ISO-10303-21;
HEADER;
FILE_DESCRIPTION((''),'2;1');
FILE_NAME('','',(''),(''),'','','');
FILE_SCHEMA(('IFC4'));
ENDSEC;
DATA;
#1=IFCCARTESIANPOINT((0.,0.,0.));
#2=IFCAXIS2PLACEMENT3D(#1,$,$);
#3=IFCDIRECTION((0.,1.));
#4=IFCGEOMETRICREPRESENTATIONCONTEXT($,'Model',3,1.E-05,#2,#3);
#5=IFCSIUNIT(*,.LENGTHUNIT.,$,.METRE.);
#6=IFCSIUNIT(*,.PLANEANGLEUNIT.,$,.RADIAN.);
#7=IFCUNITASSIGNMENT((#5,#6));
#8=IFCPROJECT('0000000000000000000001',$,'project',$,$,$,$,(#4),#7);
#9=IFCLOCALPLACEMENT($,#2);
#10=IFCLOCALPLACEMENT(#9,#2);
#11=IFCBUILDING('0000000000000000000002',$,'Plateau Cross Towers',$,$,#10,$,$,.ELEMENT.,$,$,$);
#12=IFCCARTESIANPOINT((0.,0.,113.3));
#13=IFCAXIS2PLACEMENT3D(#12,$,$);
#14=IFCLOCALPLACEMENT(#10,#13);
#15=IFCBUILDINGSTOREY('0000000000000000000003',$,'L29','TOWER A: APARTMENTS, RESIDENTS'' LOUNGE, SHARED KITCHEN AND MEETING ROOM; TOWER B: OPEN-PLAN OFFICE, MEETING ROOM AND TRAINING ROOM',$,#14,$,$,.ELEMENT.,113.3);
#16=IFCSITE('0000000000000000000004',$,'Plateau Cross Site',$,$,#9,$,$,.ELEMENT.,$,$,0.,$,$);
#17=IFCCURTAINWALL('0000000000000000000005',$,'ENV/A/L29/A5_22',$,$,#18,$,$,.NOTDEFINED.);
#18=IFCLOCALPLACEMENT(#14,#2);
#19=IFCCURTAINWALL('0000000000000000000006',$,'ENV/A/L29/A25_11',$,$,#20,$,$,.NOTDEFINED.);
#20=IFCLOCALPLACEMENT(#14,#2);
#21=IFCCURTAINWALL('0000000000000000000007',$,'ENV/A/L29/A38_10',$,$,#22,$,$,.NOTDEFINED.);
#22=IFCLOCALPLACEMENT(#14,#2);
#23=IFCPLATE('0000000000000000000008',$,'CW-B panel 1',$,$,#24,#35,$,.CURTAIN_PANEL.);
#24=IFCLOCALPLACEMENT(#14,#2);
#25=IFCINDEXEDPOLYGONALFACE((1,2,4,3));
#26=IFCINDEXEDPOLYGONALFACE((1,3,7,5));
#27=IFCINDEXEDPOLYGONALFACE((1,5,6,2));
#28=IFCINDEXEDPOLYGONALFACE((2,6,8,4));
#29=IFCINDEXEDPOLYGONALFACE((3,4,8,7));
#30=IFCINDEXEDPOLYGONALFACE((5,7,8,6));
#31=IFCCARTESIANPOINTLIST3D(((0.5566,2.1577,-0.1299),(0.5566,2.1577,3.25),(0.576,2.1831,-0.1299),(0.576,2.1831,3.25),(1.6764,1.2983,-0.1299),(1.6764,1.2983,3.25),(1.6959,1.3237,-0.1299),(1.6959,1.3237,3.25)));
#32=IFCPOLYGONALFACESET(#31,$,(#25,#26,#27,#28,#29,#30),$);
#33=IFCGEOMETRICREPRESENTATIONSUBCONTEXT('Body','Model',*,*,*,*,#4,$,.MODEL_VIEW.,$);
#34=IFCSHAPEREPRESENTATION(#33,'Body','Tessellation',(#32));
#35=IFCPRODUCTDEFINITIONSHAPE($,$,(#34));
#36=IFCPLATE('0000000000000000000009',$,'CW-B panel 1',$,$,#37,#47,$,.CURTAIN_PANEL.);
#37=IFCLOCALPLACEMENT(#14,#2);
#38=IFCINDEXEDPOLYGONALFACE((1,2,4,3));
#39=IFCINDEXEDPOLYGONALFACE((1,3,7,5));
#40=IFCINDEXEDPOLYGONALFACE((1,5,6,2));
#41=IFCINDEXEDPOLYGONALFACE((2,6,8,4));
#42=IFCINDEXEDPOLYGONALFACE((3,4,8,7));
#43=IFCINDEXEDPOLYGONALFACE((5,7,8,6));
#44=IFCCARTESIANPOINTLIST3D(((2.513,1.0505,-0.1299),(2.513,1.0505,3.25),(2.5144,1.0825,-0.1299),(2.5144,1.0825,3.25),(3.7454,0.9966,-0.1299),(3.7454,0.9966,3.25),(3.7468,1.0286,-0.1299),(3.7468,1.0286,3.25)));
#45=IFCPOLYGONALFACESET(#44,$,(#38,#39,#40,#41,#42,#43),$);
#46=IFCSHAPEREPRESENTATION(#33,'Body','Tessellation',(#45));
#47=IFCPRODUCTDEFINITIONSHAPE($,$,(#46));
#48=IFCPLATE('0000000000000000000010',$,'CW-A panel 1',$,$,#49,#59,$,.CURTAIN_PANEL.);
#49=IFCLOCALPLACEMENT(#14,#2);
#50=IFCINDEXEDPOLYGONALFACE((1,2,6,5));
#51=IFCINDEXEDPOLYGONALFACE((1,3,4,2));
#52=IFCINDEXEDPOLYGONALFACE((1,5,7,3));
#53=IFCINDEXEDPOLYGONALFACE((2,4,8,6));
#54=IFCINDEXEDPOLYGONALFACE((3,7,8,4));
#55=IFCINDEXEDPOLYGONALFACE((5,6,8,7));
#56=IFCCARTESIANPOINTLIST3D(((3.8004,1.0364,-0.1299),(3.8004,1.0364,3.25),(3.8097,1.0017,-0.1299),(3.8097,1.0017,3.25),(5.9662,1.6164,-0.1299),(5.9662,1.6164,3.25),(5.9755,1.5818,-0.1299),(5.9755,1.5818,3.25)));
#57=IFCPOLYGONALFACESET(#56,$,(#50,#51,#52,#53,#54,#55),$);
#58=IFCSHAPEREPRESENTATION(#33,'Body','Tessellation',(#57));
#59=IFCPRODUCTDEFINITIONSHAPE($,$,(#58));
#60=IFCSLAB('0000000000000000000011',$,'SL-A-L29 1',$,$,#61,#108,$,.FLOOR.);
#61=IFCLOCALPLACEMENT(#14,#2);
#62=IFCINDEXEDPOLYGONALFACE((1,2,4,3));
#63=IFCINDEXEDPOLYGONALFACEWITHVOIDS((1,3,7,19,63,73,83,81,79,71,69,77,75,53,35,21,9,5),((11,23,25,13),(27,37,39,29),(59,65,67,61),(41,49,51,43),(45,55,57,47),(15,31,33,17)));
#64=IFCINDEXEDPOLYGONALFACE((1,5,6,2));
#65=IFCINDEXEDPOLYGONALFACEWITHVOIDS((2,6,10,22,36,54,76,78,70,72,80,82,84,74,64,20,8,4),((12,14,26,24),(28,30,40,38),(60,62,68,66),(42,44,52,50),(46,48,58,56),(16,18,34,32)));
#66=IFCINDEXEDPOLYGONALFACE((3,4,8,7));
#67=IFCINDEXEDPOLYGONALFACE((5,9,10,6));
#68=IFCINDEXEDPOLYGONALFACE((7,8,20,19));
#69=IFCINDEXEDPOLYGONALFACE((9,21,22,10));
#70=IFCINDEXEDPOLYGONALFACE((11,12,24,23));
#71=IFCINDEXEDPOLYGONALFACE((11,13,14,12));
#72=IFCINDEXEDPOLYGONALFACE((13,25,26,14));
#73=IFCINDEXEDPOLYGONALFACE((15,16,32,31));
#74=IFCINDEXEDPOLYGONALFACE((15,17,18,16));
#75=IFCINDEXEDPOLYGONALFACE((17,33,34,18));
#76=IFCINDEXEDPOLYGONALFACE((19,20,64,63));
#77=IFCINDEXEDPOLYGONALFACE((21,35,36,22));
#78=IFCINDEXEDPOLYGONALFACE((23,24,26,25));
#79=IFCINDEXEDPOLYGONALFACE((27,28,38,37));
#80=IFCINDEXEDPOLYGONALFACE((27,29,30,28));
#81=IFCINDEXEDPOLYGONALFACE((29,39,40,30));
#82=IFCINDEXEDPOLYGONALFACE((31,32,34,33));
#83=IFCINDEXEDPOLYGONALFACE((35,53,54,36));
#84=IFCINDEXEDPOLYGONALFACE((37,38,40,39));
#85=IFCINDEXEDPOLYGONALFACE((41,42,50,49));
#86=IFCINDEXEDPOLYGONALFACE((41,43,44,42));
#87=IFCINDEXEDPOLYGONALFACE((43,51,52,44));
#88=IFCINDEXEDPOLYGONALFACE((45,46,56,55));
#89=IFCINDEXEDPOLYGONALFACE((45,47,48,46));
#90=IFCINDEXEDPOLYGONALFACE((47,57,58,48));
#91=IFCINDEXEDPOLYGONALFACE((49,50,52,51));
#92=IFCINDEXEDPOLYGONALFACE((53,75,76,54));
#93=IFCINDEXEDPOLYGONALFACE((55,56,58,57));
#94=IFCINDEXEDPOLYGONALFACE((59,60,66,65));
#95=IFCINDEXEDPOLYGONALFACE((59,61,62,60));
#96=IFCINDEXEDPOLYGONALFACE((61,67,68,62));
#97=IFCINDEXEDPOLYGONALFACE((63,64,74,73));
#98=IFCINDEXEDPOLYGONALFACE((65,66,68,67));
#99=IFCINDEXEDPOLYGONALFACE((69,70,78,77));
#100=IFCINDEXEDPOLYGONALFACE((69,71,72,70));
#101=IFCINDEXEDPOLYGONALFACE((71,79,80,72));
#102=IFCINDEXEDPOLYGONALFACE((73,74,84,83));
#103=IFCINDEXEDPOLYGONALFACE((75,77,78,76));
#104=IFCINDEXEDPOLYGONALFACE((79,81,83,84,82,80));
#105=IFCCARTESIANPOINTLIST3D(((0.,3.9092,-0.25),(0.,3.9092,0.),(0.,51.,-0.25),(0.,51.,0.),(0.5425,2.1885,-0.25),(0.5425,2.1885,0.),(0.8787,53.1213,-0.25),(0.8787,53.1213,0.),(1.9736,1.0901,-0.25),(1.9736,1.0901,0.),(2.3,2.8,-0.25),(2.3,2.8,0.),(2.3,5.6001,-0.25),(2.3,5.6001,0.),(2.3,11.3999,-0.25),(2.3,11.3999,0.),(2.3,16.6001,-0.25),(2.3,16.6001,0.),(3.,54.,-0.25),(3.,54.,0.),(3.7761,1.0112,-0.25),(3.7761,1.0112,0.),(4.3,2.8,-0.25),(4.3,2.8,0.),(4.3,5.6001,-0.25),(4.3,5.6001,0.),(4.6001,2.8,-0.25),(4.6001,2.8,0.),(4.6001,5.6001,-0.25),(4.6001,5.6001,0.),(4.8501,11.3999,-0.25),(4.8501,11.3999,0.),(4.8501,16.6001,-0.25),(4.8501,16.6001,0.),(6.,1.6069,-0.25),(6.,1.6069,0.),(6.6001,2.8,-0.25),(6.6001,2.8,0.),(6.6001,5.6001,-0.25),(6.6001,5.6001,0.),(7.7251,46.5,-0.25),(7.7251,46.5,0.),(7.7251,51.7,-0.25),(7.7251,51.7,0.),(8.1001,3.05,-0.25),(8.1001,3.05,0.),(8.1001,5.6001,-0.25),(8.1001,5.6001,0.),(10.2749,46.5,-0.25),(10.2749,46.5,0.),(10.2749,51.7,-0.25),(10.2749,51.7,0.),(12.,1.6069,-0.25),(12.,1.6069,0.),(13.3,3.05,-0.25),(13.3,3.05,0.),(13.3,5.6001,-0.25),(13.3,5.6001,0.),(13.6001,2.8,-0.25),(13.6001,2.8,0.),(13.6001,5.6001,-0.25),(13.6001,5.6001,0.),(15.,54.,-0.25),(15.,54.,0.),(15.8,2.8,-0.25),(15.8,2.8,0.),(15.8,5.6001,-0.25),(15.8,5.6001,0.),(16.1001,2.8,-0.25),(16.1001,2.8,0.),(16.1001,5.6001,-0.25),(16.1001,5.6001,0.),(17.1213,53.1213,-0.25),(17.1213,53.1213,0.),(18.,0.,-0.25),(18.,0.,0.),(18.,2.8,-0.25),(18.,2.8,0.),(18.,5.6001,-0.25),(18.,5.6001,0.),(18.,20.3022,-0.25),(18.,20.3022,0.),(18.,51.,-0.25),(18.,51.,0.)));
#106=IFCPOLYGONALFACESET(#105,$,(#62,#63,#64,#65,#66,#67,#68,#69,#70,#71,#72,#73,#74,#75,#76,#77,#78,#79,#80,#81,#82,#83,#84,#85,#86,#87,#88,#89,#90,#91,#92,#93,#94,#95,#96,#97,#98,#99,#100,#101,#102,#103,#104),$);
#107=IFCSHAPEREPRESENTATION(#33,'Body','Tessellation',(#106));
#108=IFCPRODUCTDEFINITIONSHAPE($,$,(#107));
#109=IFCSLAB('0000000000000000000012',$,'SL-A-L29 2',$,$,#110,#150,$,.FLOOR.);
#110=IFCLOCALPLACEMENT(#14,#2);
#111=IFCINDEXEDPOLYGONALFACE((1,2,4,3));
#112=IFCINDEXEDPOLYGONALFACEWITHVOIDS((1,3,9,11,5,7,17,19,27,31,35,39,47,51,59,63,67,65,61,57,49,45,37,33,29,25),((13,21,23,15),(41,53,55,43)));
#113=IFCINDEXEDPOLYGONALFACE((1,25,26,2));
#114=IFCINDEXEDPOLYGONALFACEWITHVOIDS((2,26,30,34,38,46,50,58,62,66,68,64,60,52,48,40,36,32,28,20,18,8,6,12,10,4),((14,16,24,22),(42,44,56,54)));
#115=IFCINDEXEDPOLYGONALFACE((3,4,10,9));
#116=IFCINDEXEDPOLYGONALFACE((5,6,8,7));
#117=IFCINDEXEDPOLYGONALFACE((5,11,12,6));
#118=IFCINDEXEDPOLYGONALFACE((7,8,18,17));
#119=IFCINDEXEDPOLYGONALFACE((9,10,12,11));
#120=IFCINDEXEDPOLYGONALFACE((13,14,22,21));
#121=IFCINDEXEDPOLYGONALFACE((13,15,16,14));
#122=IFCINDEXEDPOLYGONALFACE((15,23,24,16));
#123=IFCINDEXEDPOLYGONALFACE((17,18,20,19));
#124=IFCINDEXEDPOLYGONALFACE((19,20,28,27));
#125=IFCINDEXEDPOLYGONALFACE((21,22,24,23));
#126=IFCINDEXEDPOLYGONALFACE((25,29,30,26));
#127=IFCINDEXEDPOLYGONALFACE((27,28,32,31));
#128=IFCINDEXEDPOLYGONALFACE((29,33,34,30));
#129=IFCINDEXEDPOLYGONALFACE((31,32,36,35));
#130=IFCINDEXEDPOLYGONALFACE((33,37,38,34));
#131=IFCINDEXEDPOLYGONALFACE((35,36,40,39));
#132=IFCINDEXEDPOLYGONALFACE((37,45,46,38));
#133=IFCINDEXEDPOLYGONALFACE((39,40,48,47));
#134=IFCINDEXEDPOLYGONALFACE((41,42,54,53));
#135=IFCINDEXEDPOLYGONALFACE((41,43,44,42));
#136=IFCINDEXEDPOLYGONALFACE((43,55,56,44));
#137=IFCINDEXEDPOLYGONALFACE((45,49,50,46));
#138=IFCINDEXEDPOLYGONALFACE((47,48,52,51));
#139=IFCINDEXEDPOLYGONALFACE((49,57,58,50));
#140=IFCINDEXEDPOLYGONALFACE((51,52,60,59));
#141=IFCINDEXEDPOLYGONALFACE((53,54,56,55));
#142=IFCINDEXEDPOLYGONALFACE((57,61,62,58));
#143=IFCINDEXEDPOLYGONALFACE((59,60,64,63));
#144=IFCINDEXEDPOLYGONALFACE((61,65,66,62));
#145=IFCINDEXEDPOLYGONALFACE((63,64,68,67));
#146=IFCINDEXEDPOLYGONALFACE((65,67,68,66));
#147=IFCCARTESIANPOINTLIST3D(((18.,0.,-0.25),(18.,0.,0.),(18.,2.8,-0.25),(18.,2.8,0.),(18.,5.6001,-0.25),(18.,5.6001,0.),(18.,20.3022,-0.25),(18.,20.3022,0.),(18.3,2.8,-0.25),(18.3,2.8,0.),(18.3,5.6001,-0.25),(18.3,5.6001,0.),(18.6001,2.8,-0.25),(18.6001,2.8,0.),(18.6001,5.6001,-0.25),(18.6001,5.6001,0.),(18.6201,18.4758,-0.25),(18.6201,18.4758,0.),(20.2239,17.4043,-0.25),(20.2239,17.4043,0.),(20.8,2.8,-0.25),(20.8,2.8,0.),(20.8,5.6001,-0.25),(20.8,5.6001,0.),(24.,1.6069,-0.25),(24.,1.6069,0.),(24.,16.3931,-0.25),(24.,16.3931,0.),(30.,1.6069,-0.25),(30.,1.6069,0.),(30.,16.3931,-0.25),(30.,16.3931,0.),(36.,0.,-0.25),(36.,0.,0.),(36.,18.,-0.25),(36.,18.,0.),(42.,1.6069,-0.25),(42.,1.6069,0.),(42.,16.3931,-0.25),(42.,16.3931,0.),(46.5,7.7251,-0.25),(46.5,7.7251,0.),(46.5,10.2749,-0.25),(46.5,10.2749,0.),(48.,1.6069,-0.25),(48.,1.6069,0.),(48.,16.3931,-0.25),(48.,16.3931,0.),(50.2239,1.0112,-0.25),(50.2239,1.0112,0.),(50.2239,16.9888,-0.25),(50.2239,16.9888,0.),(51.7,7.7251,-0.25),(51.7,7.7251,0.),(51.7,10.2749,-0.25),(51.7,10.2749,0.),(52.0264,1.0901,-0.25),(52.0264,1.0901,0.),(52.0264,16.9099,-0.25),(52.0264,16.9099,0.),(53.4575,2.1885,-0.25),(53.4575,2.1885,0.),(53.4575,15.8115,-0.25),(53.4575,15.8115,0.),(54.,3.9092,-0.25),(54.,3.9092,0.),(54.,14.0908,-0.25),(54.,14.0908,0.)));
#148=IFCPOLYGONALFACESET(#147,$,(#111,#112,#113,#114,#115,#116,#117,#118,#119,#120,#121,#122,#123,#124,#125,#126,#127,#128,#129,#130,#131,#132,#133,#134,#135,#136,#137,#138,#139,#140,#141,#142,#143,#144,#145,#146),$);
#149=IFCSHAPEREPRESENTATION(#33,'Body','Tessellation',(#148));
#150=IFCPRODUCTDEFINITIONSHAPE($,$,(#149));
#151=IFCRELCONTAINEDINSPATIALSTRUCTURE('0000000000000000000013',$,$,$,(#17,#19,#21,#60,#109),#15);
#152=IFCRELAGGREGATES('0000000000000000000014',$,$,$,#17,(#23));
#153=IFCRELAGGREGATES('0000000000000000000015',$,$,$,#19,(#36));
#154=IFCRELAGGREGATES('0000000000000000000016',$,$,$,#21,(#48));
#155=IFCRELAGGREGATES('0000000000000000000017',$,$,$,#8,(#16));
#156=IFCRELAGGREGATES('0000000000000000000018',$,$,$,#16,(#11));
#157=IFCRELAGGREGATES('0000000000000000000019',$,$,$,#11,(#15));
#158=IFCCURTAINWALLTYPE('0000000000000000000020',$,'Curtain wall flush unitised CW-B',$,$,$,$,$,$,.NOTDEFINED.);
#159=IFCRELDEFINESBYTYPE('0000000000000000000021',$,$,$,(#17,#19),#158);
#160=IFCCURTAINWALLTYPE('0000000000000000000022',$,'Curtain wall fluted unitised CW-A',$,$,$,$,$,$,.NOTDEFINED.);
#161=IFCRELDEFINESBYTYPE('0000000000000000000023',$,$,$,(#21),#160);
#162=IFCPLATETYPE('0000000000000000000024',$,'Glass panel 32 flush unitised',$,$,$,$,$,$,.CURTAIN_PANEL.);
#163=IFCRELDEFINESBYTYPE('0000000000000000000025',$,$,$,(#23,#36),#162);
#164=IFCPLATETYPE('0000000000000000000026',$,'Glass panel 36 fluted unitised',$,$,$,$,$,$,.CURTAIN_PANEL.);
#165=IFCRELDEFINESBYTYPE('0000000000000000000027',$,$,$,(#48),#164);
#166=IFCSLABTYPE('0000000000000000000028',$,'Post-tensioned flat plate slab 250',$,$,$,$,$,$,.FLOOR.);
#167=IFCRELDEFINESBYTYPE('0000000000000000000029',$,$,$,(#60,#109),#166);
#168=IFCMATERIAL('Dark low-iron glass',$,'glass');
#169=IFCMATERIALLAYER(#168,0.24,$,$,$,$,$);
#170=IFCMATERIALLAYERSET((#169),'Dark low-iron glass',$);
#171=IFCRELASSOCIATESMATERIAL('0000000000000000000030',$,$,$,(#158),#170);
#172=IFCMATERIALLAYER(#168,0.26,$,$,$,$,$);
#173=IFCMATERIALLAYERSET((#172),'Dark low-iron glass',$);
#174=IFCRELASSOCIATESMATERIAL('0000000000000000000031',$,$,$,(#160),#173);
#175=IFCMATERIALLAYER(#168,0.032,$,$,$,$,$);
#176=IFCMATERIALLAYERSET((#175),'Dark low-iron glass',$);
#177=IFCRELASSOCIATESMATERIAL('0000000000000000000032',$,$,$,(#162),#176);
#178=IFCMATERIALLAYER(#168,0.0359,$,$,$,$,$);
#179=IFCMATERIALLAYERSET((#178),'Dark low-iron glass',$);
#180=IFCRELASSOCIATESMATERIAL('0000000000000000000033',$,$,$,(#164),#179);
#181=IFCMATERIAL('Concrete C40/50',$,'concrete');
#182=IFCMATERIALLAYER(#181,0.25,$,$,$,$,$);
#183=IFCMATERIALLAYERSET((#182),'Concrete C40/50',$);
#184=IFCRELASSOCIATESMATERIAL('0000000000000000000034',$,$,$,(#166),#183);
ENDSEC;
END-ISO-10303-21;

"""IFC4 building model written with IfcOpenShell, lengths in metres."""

from ifc_helpers import new_model, si_unit, direction, frame, origin, origin_2d, place, context, subcontext, project, spatial, polyline, rectangle, outline, extrude, material, layer, layer_set, type_object, element, aggregate, save


model = new_model("IFC4")

# Units and contexts
model_context = context("Model", 3, precision=1e-05, world=origin(), true_north=direction((0.0, 1.0)))
body_context = subcontext(model_context, "Body", "Model", "MODEL_VIEW")
ifc_project = project(units=[si_unit("LENGTHUNIT", "METRE"), si_unit("PLANEANGLEUNIT", "RADIAN")], contexts=[model_context])

# Site, building, storey
site_placement = place(None, origin())
site = spatial("IfcSite", under=ifc_project, at=site_placement, Name="Plateau Cross Site", CompositionType="ELEMENT", RefElevation=0.0)
building_placement = place(site_placement, origin())
building = spatial("IfcBuilding", under=site, at=building_placement, Name="Plateau Cross Towers", CompositionType="ELEMENT")
storey_placement = place(building_placement, frame((0.0, 0.0, 113.3)))
storey = spatial("IfcBuildingStorey", under=building, at=storey_placement, Name="L29", Description="TOWER A: APARTMENTS, RESIDENTS' LOUNGE, SHARED KITCHEN AND MEETING ROOM; TOWER B: OPEN-PLAN OFFICE, MEETING ROOM AND TRAINING ROOM", CompositionType="ELEMENT", Elevation=113.3)

# Curtain wall
ifc_material_1 = material(Name="Dark low-iron glass", Category="glass")
ifc_layer_1 = layer(ifc_material_1, 0.24)
ifc_layer_set_1 = layer_set([ifc_layer_1], Name="Dark low-iron glass")
curtain_wall_type_1 = type_object("IfcCurtainWallType", Name="Curtain wall flush unitised CW-B", PredefinedType="NOTDEFINED", material=ifc_layer_set_1)
curtain_wall_1_placement = place(storey_placement, origin())
curtain_wall_1 = element("IfcCurtainWall", 1, at=curtain_wall_1_placement, inside=storey, type_object=curtain_wall_type_1, Name="ENV/A/L29/A5_22", PredefinedType="NOTDEFINED")

# Curtain walls
curtain_wall_2_placement = place(storey_placement, origin())
curtain_wall_2 = element("IfcCurtainWall", 2, at=curtain_wall_2_placement, inside=storey, type_object=curtain_wall_type_1, Name="ENV/A/L29/A25_11", PredefinedType="NOTDEFINED")
ifc_layer_2 = layer(ifc_material_1, 0.26)
ifc_layer_set_2 = layer_set([ifc_layer_2], Name="Dark low-iron glass")
curtain_wall_type_2 = type_object("IfcCurtainWallType", Name="Curtain wall fluted unitised CW-A", PredefinedType="NOTDEFINED", material=ifc_layer_set_2)
curtain_wall_3_placement = place(storey_placement, origin())
curtain_wall_3 = element("IfcCurtainWall", 3, at=curtain_wall_3_placement, inside=storey, type_object=curtain_wall_type_2, Name="ENV/A/L29/A38_10", PredefinedType="NOTDEFINED")

# Shared definitions
ifc_material_2 = material(Name="Concrete C40/50", Category="concrete")

# Plates
ifc_layer_3 = layer(ifc_material_1, 0.032)
ifc_layer_set_3 = layer_set([ifc_layer_3], Name="Dark low-iron glass")
plate_type_1 = type_object("IfcPlateType", Name="Glass panel 32 flush unitised", PredefinedType="CURTAIN_PANEL", material=ifc_layer_set_3)
plate_1_placement = place(storey_placement, frame((1.1262, 1.7407, -0.1299), z_axis=(0.0, 0.0, 1.0), x_axis=(0.793316, -0.608811, 0.0)))
plate_1 = element("IfcPlate", 4, at=plate_1_placement, type_object=plate_type_1, Name="CW-B panel 1", PredefinedType="CURTAIN_PANEL", context=body_context, shape_type="SweptSolid", body=[
    extrude(rectangle(XDim=1.4116, YDim=0.032, at=origin_2d()), origin(), (0.0, 0.0, 1.0), 3.3799),
])
aggregate(curtain_wall_1, [plate_1])
plate_2_placement = place(storey_placement, frame((3.1299, 1.0396, -0.1299), z_axis=(0.0, 0.0, 1.0), x_axis=(0.999044, -0.043723, 0.0)))
plate_2 = element("IfcPlate", 5, at=plate_2_placement, type_object=plate_type_1, Name="CW-B panel 1", PredefinedType="CURTAIN_PANEL", context=body_context, shape_type="SweptSolid", body=[
    extrude(rectangle(XDim=1.2336, YDim=0.032, at=origin_2d()), origin(), (0.0, 0.0, 1.0), 3.3799),
])
aggregate(curtain_wall_2, [plate_2])
ifc_layer_4 = layer(ifc_material_1, 0.0359)
ifc_layer_set_4 = layer_set([ifc_layer_4], Name="Dark low-iron glass")
plate_type_2 = type_object("IfcPlateType", Name="Glass panel 36 fluted unitised", PredefinedType="CURTAIN_PANEL", material=ifc_layer_set_4)
plate_3_placement = place(storey_placement, frame((4.8879, 1.3091, -0.1299), z_axis=(0.0, 0.0, 1.0), x_axis=(0.965958, 0.258699, 0.0)))
plate_3 = element("IfcPlate", 6, at=plate_3_placement, type_object=plate_type_2, Name="CW-A panel 1", PredefinedType="CURTAIN_PANEL", context=body_context, shape_type="SweptSolid", body=[
    extrude(rectangle(XDim=2.2422, YDim=0.0359, at=origin_2d()), origin(), (0.0, 0.0, 1.0), 3.3799),
])
aggregate(curtain_wall_3, [plate_3])

# Slabs
ifc_layer_5 = layer(ifc_material_2, 0.25)
ifc_layer_set_5 = layer_set([ifc_layer_5], Name="Concrete C40/50")
slab_type_1 = type_object("IfcSlabType", Name="Post-tensioned flat plate slab 250", PredefinedType="FLOOR", material=ifc_layer_set_5)
slab_1_placement = place(storey_placement, frame((0.0, 0.0, -0.25)))
element("IfcSlab", 7, at=slab_1_placement, inside=storey, type_object=slab_type_1, Name="SL-A-L29 1", PredefinedType="FLOOR", context=body_context, shape_type="SweptSolid", body=[
    extrude(outline(polyline([(0.5425, 2.1885), (0.0, 3.9092), (0.0, 51.0), (0.8787, 53.1213), (3.0, 54.0), (15.0, 54.0), (17.1213, 53.1213), (18.0, 51.0), (18.0, 20.3022), (18.0, 5.6001), (16.1001, 5.6001), (16.1001, 2.8), (18.0, 2.8), (18.0, 0.0), (12.0, 1.6069), (6.0, 1.6069), (3.7761, 1.0112), (1.9736, 1.0901), (0.5425, 2.1885)]), holes=[polyline([(4.3, 5.6001), (2.3, 5.6001), (2.3, 2.8), (4.3, 2.8), (4.3, 5.6001)]), polyline([(6.6001, 5.6001), (4.6001, 5.6001), (4.6001, 2.8), (6.6001, 2.8), (6.6001, 5.6001)]), polyline([(15.8, 5.6001), (13.6001, 5.6001), (13.6001, 2.8), (15.8, 2.8), (15.8, 5.6001)]), polyline([(13.3, 5.6001), (8.1001, 5.6001), (8.1001, 3.05), (13.3, 3.05), (13.3, 5.6001)]), polyline([(4.8501, 16.6001), (2.3, 16.6001), (2.3, 11.3999), (4.8501, 11.3999), (4.8501, 16.6001)]), polyline([(7.7251, 51.7), (7.7251, 46.5), (10.2749, 46.5), (10.2749, 51.7), (7.7251, 51.7)])]), origin(), (0.0, 0.0, 1.0), 0.25),
])
slab_2_placement = place(storey_placement, frame((0.0, 0.0, -0.25)))
element("IfcSlab", 8, at=slab_2_placement, inside=storey, type_object=slab_type_1, Name="SL-A-L29 2", PredefinedType="FLOOR", context=body_context, shape_type="SweptSolid", body=[
    extrude(outline(polyline([(18.6201, 18.4758), (20.2239, 17.4043), (24.0, 16.3931), (30.0, 16.3931), (36.0, 18.0), (42.0, 16.3931), (48.0, 16.3931), (50.2239, 16.9888), (52.0264, 16.9099), (53.4575, 15.8115), (54.0, 14.0908), (54.0, 3.9092), (53.4575, 2.1885), (52.0264, 1.0901), (50.2239, 1.0112), (48.0, 1.6069), (42.0, 1.6069), (36.0, 0.0), (30.0, 1.6069), (24.0, 1.6069), (18.0, 0.0), (18.0, 2.8), (18.3, 2.8), (18.3, 5.6001), (18.0, 5.6001), (18.0, 20.3022), (18.6201, 18.4758)]), holes=[polyline([(20.8, 5.6001), (18.6001, 5.6001), (18.6001, 2.8), (20.8, 2.8), (20.8, 5.6001)]), polyline([(51.7, 7.7251), (51.7, 10.2749), (46.5, 10.2749), (46.5, 7.7251), (51.7, 7.7251)])]), origin(), (0.0, 0.0, 1.0), 0.25),
])

save(model, "model.ifc")
